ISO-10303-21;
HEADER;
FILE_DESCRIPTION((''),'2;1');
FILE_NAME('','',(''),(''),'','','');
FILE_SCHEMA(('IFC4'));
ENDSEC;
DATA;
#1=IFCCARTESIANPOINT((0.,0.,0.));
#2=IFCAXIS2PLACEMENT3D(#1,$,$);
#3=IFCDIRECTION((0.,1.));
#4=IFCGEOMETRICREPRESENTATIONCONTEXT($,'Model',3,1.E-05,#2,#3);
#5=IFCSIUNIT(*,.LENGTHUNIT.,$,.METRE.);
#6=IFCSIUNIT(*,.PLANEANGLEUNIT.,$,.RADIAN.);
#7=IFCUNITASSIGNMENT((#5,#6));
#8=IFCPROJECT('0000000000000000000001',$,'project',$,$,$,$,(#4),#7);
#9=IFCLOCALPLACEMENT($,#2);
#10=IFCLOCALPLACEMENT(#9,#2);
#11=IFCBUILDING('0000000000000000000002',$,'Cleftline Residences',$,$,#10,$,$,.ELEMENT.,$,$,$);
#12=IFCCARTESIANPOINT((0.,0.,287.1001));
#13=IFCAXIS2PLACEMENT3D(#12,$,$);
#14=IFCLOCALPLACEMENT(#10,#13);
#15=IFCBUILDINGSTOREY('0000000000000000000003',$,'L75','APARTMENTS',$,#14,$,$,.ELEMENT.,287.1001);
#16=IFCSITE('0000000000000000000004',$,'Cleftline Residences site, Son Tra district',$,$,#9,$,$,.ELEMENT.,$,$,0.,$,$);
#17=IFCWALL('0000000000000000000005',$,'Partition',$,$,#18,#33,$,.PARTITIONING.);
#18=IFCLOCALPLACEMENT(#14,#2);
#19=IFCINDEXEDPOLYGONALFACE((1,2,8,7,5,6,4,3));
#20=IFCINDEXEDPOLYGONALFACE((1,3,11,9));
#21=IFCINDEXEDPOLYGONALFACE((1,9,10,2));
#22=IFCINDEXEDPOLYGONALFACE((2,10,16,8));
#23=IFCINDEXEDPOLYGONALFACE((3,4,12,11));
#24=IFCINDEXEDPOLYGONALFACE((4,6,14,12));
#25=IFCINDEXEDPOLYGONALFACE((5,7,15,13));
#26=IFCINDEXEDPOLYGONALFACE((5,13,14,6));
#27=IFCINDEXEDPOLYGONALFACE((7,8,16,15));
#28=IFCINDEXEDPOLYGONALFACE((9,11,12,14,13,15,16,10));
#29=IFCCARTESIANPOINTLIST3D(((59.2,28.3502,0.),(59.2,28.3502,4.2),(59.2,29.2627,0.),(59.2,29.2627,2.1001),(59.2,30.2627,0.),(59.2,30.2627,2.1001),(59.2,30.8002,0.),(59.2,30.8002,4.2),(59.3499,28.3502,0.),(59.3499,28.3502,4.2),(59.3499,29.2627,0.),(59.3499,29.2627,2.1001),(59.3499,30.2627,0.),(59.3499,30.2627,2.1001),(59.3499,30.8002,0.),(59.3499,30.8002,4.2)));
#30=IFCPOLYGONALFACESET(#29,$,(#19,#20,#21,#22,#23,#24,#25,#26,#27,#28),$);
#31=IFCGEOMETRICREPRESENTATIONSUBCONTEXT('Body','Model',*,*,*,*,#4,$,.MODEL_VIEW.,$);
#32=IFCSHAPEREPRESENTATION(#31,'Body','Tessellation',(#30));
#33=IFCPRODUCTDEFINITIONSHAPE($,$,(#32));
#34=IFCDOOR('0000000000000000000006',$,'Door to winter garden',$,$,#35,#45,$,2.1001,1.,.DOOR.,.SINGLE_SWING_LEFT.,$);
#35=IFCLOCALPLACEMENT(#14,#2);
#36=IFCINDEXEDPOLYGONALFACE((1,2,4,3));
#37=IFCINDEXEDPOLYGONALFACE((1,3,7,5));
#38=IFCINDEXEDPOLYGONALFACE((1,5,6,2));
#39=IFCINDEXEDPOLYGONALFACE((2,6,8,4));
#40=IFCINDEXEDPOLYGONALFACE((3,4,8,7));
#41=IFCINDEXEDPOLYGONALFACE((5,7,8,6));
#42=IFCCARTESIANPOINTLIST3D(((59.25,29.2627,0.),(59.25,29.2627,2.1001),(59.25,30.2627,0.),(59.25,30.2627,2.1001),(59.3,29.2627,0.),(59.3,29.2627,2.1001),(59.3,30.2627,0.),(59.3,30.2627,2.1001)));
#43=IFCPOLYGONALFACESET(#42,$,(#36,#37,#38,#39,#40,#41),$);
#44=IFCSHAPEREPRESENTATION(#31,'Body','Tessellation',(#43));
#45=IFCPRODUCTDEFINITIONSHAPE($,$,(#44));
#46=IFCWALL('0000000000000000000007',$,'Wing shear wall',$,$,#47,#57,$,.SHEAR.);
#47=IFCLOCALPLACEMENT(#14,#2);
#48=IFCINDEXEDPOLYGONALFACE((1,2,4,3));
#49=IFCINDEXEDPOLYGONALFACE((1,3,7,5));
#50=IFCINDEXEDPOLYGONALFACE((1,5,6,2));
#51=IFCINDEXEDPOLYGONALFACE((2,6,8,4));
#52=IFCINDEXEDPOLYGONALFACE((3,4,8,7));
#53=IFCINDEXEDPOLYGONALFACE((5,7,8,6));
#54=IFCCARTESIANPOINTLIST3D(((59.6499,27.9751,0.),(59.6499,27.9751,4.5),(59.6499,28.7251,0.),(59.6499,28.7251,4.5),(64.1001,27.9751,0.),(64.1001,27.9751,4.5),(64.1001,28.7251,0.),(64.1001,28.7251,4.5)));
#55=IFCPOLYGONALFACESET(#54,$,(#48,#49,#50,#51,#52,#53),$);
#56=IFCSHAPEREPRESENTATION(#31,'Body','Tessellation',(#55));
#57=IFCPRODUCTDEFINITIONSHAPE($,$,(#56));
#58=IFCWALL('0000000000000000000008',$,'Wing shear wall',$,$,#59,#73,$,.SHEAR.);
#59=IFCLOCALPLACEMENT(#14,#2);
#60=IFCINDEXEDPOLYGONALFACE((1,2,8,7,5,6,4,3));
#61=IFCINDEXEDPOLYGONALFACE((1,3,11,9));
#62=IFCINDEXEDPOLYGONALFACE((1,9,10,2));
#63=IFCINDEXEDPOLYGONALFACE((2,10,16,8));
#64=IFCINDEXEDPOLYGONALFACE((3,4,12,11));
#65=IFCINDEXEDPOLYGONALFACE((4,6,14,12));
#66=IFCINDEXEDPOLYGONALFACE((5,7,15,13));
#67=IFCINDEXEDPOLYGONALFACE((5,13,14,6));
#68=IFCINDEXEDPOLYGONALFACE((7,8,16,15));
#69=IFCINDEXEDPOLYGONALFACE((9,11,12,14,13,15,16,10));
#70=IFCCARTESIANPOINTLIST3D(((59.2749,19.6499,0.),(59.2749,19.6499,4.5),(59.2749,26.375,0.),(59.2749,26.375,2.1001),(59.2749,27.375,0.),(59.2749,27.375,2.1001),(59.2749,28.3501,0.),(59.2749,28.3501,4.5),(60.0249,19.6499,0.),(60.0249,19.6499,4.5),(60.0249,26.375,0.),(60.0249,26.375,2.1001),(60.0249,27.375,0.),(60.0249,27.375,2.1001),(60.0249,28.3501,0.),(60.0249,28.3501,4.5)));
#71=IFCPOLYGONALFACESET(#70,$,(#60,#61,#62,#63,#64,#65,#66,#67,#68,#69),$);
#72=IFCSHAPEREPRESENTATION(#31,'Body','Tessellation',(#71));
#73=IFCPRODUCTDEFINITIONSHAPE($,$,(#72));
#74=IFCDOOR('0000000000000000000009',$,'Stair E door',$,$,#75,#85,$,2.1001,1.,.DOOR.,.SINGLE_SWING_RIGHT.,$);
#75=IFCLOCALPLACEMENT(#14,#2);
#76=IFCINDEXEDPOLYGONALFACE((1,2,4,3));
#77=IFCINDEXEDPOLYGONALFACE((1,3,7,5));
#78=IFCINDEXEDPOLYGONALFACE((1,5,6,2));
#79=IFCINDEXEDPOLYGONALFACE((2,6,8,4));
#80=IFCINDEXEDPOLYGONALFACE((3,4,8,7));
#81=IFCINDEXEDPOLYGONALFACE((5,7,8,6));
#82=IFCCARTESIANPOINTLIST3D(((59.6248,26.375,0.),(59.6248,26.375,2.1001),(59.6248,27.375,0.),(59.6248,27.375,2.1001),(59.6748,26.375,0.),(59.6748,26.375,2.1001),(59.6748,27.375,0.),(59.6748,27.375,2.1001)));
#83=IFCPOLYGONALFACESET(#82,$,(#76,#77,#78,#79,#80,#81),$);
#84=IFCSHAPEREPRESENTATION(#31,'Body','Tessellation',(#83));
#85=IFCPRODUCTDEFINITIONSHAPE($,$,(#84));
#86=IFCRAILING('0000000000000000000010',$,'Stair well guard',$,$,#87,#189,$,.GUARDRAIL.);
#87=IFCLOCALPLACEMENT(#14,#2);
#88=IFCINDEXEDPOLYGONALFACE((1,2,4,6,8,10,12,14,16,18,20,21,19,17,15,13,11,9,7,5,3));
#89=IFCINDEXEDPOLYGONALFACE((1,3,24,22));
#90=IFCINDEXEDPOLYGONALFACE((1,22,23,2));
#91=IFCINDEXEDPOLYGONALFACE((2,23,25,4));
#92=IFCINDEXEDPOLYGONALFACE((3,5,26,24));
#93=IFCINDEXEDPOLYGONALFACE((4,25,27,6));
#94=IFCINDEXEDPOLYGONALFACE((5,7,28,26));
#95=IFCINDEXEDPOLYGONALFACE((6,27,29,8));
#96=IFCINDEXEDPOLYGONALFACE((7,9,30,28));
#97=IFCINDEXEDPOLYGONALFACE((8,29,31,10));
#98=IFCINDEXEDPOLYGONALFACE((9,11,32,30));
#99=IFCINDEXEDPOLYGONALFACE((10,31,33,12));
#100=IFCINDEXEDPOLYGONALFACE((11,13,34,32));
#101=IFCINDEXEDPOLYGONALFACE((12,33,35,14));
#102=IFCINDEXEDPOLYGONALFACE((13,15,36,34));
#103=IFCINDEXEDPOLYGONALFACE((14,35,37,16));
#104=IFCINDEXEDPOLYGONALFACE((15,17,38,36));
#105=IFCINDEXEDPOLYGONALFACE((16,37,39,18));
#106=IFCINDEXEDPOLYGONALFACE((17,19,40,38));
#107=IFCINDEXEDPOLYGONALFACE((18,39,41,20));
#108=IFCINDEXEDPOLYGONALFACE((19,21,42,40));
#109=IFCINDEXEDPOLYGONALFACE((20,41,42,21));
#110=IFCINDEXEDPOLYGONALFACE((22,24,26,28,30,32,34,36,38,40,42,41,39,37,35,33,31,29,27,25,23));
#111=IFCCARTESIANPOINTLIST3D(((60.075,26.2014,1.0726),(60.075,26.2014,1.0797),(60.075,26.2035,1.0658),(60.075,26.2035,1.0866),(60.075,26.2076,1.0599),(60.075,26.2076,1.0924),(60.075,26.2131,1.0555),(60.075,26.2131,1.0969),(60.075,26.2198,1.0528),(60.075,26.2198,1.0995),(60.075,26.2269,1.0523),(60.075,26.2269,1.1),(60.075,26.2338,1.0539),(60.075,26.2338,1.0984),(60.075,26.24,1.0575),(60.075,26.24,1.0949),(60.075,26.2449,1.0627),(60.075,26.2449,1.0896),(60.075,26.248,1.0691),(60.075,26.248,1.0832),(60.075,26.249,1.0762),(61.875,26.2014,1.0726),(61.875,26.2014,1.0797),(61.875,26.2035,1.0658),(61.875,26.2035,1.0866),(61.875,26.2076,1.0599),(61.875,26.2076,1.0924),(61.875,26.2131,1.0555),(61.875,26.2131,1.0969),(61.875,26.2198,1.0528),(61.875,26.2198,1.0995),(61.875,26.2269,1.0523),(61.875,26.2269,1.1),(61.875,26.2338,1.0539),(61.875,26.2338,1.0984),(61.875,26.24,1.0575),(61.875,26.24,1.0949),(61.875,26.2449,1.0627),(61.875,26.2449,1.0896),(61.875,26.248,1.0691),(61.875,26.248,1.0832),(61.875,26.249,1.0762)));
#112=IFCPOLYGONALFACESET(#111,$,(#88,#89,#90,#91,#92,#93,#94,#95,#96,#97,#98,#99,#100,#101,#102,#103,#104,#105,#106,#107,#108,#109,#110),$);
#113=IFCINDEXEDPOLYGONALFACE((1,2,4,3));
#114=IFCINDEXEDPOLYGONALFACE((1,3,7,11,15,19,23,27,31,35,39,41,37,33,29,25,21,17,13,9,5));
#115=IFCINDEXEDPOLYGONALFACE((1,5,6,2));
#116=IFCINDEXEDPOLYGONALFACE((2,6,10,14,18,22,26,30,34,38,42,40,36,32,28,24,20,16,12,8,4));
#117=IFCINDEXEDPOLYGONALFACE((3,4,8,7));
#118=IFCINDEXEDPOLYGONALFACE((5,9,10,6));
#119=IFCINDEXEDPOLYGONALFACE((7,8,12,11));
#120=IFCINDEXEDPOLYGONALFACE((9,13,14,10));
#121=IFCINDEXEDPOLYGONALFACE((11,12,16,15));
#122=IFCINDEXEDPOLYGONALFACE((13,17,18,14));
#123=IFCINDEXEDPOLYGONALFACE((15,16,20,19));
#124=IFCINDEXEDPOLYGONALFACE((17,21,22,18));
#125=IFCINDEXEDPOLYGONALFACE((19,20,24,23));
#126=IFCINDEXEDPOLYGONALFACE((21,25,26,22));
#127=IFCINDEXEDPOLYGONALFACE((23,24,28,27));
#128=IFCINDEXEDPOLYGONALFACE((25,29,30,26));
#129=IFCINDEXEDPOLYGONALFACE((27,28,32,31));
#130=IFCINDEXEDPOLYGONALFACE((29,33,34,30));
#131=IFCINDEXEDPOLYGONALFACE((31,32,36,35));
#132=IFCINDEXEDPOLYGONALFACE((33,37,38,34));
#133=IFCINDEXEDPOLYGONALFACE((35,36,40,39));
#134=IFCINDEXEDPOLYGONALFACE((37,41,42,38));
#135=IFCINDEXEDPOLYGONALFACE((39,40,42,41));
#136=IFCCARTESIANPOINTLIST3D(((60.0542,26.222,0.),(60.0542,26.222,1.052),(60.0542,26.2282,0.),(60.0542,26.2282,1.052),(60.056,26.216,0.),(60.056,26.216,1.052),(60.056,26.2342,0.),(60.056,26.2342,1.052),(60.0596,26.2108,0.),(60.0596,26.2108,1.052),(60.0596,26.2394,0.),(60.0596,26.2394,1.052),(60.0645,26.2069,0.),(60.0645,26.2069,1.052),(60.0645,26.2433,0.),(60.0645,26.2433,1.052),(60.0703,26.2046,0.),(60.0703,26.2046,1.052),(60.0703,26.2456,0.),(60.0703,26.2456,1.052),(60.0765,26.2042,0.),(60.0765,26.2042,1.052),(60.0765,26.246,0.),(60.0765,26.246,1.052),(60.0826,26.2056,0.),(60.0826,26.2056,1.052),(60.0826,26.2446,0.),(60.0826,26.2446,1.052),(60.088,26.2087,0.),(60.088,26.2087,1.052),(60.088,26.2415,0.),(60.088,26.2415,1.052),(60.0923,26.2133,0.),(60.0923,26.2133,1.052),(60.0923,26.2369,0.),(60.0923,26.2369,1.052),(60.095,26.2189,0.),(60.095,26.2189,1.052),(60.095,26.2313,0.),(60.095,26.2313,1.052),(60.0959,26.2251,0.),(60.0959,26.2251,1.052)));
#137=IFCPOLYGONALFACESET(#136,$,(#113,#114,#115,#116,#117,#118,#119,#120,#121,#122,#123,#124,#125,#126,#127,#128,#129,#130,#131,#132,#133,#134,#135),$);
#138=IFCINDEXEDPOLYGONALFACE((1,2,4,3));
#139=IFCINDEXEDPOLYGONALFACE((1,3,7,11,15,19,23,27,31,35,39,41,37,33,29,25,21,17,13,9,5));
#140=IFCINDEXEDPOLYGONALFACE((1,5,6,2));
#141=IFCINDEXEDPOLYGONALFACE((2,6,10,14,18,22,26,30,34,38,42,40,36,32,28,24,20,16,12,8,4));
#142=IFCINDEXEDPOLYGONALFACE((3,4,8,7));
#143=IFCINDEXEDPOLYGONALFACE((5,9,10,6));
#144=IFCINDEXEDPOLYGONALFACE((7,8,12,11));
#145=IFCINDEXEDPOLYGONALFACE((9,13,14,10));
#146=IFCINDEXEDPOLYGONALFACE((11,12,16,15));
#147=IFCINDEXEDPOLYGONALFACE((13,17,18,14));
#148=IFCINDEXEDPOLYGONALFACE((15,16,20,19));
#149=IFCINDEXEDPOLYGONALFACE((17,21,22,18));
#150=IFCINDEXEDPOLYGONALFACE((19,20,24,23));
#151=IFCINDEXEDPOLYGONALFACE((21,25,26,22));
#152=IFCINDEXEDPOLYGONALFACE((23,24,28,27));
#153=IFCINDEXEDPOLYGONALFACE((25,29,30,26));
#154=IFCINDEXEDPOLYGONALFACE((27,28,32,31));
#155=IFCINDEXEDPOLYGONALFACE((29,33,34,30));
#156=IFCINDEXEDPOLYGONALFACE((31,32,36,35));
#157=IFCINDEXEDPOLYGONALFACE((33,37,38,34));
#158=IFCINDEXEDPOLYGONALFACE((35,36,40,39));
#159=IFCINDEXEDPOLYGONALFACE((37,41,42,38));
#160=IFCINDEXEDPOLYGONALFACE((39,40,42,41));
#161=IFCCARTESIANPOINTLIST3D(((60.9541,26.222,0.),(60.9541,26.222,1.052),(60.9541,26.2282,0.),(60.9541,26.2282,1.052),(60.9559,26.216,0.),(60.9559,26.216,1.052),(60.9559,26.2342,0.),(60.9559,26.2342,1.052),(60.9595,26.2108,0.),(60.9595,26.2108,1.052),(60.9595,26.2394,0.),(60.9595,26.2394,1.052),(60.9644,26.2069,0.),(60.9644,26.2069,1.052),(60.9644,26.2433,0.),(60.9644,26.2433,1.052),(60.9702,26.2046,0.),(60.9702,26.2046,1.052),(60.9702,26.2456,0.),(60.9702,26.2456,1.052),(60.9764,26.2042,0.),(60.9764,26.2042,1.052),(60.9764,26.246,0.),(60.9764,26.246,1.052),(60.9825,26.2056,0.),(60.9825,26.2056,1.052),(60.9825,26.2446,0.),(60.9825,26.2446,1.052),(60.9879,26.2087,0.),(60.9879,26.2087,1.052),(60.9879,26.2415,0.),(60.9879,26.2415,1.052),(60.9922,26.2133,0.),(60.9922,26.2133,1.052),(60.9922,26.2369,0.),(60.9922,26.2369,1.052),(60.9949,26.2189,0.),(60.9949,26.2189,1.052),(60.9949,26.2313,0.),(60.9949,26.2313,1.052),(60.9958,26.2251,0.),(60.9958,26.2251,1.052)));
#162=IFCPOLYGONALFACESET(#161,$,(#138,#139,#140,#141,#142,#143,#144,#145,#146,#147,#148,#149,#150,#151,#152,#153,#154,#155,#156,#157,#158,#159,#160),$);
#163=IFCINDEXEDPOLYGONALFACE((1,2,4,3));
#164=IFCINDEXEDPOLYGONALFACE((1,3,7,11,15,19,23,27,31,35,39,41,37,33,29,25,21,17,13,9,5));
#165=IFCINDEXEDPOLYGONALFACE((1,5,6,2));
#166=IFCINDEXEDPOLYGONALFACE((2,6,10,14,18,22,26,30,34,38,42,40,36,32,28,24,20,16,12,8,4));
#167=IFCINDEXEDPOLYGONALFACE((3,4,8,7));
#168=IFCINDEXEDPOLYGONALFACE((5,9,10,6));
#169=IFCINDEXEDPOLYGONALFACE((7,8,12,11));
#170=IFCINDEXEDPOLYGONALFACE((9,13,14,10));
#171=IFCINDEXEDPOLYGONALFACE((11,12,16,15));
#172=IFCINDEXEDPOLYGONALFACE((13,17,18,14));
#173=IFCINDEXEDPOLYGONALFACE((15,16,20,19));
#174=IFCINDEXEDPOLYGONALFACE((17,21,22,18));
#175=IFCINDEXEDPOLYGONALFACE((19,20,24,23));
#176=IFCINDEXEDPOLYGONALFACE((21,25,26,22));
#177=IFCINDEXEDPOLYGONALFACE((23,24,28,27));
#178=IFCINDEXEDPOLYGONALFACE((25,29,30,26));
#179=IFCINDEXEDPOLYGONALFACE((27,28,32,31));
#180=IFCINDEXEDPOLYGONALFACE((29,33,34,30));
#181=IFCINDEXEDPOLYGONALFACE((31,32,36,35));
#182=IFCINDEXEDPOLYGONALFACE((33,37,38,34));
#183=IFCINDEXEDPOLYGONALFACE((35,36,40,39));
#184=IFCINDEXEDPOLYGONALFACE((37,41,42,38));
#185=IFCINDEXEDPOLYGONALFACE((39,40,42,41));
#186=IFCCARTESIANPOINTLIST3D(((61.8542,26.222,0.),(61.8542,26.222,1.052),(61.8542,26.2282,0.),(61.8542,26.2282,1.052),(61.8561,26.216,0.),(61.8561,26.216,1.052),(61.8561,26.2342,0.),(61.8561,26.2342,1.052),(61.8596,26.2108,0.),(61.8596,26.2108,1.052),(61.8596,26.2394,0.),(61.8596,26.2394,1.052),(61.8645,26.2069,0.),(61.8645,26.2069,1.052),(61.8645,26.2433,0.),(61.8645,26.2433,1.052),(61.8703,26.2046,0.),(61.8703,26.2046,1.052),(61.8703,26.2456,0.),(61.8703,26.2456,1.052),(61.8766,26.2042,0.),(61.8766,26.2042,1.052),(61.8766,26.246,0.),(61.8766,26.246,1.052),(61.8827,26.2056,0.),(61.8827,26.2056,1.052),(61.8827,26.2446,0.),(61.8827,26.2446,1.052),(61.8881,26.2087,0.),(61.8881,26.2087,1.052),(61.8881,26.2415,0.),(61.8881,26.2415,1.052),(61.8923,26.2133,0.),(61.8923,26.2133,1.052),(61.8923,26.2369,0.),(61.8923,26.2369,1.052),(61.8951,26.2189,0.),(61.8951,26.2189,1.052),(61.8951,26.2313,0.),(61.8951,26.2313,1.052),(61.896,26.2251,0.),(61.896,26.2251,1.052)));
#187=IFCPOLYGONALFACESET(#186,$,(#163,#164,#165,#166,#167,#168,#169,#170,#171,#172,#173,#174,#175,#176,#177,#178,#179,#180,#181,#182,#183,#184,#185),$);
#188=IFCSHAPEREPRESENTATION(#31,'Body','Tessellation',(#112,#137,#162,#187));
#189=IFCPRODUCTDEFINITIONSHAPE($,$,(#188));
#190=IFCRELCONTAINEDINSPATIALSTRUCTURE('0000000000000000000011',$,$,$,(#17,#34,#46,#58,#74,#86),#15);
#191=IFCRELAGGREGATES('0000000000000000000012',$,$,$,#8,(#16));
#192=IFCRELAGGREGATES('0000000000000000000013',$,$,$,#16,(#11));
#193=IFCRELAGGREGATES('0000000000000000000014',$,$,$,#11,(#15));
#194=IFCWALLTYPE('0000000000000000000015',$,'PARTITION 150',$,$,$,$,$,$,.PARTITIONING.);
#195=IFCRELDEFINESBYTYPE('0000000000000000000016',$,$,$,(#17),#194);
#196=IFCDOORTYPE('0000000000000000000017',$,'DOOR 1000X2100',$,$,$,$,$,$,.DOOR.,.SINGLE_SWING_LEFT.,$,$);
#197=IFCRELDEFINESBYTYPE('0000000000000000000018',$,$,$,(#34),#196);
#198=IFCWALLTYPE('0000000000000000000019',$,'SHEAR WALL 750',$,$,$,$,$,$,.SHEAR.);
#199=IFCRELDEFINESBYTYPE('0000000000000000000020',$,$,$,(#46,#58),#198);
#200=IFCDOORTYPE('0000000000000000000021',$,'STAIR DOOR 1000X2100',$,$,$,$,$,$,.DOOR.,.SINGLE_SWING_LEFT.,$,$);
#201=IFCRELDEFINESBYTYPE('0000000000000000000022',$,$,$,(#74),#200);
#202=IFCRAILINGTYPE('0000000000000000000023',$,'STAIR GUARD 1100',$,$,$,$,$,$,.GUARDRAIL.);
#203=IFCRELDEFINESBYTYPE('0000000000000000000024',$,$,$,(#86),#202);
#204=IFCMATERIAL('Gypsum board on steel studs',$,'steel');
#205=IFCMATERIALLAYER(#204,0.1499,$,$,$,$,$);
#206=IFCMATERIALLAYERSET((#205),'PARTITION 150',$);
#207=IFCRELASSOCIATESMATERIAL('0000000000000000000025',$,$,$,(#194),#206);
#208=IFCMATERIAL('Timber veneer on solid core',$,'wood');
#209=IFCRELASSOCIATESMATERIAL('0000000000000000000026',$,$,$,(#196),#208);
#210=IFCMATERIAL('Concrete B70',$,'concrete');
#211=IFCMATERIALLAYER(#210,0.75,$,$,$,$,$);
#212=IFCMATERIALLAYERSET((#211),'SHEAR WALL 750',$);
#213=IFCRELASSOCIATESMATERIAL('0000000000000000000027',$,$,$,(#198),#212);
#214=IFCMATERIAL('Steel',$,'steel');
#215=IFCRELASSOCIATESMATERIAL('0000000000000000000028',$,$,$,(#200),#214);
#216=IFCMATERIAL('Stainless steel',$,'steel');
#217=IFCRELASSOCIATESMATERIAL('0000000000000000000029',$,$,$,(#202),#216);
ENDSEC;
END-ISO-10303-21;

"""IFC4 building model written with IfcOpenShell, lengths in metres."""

from ifc_helpers import new_model, si_unit, direction, frame, frame_2d, origin, origin_2d, place, context, subcontext, project, spatial, rectangle, circle, extrude, material, layer, layer_set, type_object, element, fill, save


model = new_model("IFC4")

# Units and contexts
model_context = context("Model", 3, precision=1e-05, world=origin(), true_north=direction((0.0, 1.0)))
body_context = subcontext(model_context, "Body", "Model", "MODEL_VIEW")
ifc_project = project(units=[si_unit("LENGTHUNIT", "METRE"), si_unit("PLANEANGLEUNIT", "RADIAN")], contexts=[model_context])

# Site, building, storey
site_placement = place(None, origin())
site = spatial("IfcSite", under=ifc_project, at=site_placement, Name="Cleftline Residences site, Son Tra district", CompositionType="ELEMENT", RefElevation=0.0)
building_placement = place(site_placement, origin())
building = spatial("IfcBuilding", under=site, at=building_placement, Name="Cleftline Residences", CompositionType="ELEMENT")
storey_placement = place(building_placement, frame((0.0, 0.0, 287.1001)))
storey = spatial("IfcBuildingStorey", under=building, at=storey_placement, Name="L75", Description="APARTMENTS", CompositionType="ELEMENT", Elevation=287.1001)

# Shared definitions
ifc_material_1 = material(Name="Gypsum board on steel studs", Category="steel")
ifc_layer_1 = layer(ifc_material_1, 0.1499)
ifc_layer_set_1 = layer_set([ifc_layer_1], Name="PARTITION 150")
wall_type_1 = type_object("IfcWallType", Name="PARTITION 150", PredefinedType="PARTITIONING", material=ifc_layer_set_1)
ifc_material_2 = material(Name="Timber veneer on solid core", Category="wood")
door_type_1 = type_object("IfcDoorType", Name="DOOR 1000X2100", OperationType="SINGLE_SWING_LEFT", PredefinedType="DOOR", material=ifc_material_2)

# Wall, opening, door
wall_1_placement = place(storey_placement, frame((59.2749, 28.3501, 0.0), z_axis=(0.0, 0.0, 1.0), x_axis=(0.0, 1.0, 0.0)))
wall_1 = element("IfcWall", 1, at=wall_1_placement, inside=storey, type_object=wall_type_1, Name="Partition", PredefinedType="PARTITIONING", context=body_context, shape_type="SweptSolid", body=[
    extrude(rectangle(XDim=2.45, YDim=0.1499, at=frame_2d((1.2251, 0.0))), origin(), (0.0, 0.0, 1.0), 4.2),
])
opening_1_placement = place(wall_1_placement, frame((0.9126, 0.0, 0.0)))
opening_1 = element("IfcOpeningElement", 2, at=opening_1_placement, cuts=wall_1, PredefinedType="OPENING", context=body_context, shape_type="SweptSolid", body=[
    extrude(rectangle(XDim=1.0, YDim=2.1001, at=frame_2d((0.5, 1.05))), frame((0.0, 0.085, 0.0), z_axis=(0.0, -1.0, 0.0), x_axis=(1.0, 0.0, 0.0)), (0.0, 0.0, 1.0), 0.1699),
])
door_1_placement = place(opening_1_placement, origin())
door_1 = element("IfcDoor", 3, at=door_1_placement, inside=storey, type_object=door_type_1, Name="Door to winter garden", OperationType="SINGLE_SWING_LEFT", OverallHeight=2.1001, OverallWidth=1.0, PredefinedType="DOOR", context=body_context, shape_type="SweptSolid", body=[
    extrude(rectangle(XDim=1.0, YDim=2.1001, at=frame_2d((0.5, 1.05))), frame((0.0, 0.0249, 0.0), z_axis=(0.0, -1.0, 0.0), x_axis=(1.0, 0.0, 0.0)), (0.0, 0.0, 1.0), 0.05),
])
fill(opening_1, door_1)

# Wall
ifc_material_3 = material(Name="Concrete B70", Category="concrete")
ifc_layer_2 = layer(ifc_material_3, 0.75)
ifc_layer_set_2 = layer_set([ifc_layer_2], Name="SHEAR WALL 750")
wall_type_2 = type_object("IfcWallType", Name="SHEAR WALL 750", PredefinedType="SHEAR", material=ifc_layer_set_2)
wall_2_placement = place(storey_placement, frame((64.1001, 28.3501, 0.0), z_axis=(0.0, 0.0, 1.0), x_axis=(-1.0, 0.0, 0.0)))
element("IfcWall", 4, at=wall_2_placement, inside=storey, type_object=wall_type_2, Name="Wing shear wall", PredefinedType="SHEAR", context=body_context, shape_type="SweptSolid", body=[
    extrude(rectangle(XDim=4.4502, YDim=0.75, at=frame_2d((2.2251, 0.0))), origin(), (0.0, 0.0, 1.0), 4.5),
])

# Wall, opening, door
wall_3_placement = place(storey_placement, frame((59.6499, 28.3501, 0.0), z_axis=(0.0, 0.0, 1.0), x_axis=(0.0, -1.0, 0.0)))
wall_3 = element("IfcWall", 5, at=wall_3_placement, inside=storey, type_object=wall_type_2, Name="Wing shear wall", PredefinedType="SHEAR", context=body_context, shape_type="SweptSolid", body=[
    extrude(rectangle(XDim=8.7002, YDim=0.75, at=frame_2d((4.3501, 0.0))), origin(), (0.0, 0.0, 1.0), 4.5),
])
opening_2_placement = place(wall_3_placement, frame((0.9751, 0.0, 0.0)))
opening_2 = element("IfcOpeningElement", 6, at=opening_2_placement, cuts=wall_3, PredefinedType="OPENING", context=body_context, shape_type="SweptSolid", body=[
    extrude(rectangle(XDim=1.0, YDim=2.1001, at=frame_2d((0.5, 1.05))), frame((0.0, 0.385, 0.0), z_axis=(0.0, -1.0, 0.0), x_axis=(1.0, 0.0, 0.0)), (0.0, 0.0, 1.0), 0.77),
])
ifc_material_4 = material(Name="Steel", Category="steel")
door_type_2 = type_object("IfcDoorType", Name="STAIR DOOR 1000X2100", OperationType="SINGLE_SWING_LEFT", PredefinedType="DOOR", material=ifc_material_4)
door_2_placement = place(opening_2_placement, origin())
door_2 = element("IfcDoor", 7, at=door_2_placement, inside=storey, type_object=door_type_2, Name="Stair E door", OperationType="SINGLE_SWING_RIGHT", OverallHeight=2.1001, OverallWidth=1.0, PredefinedType="DOOR", context=body_context, shape_type="SweptSolid", body=[
    extrude(rectangle(XDim=1.0, YDim=2.1001, at=frame_2d((0.5, 1.05))), frame((0.0, 0.0249, 0.0), z_axis=(0.0, -1.0, 0.0), x_axis=(1.0, 0.0, 0.0)), (0.0, 0.0, 1.0), 0.05),
])
fill(opening_2, door_2)

# Railing
ifc_material_5 = material(Name="Stainless steel", Category="steel")
railing_type = type_object("IfcRailingType", Name="STAIR GUARD 1100", PredefinedType="GUARDRAIL", material=ifc_material_5)
railing_placement = place(storey_placement, frame((60.075, 26.2251, 0.0)))
element("IfcRailing", 8, at=railing_placement, inside=storey, type_object=railing_type, Name="Stair well guard", PredefinedType="GUARDRAIL", context=body_context, shape_type="SweptSolid", body=[
    extrude(circle(Radius=0.0239, at=origin_2d()), frame((0.0, 0.0, 1.0762), z_axis=(1.0, 0.0, 0.0), x_axis=(0.0, 1.0, 0.0)), (0.0, 0.0, 1.0), 1.8),
    extrude(circle(Radius=0.021, at=origin_2d()), origin(), (0.0, 0.0, 1.0), 1.052),
    extrude(circle(Radius=0.021, at=origin_2d()), frame((0.8999, 0.0, 0.0)), (0.0, 0.0, 1.0), 1.052),
    extrude(circle(Radius=0.021, at=origin_2d()), frame((1.8, 0.0, 0.0)), (0.0, 0.0, 1.0), 1.052),
])

save(model, "model.ifc")
